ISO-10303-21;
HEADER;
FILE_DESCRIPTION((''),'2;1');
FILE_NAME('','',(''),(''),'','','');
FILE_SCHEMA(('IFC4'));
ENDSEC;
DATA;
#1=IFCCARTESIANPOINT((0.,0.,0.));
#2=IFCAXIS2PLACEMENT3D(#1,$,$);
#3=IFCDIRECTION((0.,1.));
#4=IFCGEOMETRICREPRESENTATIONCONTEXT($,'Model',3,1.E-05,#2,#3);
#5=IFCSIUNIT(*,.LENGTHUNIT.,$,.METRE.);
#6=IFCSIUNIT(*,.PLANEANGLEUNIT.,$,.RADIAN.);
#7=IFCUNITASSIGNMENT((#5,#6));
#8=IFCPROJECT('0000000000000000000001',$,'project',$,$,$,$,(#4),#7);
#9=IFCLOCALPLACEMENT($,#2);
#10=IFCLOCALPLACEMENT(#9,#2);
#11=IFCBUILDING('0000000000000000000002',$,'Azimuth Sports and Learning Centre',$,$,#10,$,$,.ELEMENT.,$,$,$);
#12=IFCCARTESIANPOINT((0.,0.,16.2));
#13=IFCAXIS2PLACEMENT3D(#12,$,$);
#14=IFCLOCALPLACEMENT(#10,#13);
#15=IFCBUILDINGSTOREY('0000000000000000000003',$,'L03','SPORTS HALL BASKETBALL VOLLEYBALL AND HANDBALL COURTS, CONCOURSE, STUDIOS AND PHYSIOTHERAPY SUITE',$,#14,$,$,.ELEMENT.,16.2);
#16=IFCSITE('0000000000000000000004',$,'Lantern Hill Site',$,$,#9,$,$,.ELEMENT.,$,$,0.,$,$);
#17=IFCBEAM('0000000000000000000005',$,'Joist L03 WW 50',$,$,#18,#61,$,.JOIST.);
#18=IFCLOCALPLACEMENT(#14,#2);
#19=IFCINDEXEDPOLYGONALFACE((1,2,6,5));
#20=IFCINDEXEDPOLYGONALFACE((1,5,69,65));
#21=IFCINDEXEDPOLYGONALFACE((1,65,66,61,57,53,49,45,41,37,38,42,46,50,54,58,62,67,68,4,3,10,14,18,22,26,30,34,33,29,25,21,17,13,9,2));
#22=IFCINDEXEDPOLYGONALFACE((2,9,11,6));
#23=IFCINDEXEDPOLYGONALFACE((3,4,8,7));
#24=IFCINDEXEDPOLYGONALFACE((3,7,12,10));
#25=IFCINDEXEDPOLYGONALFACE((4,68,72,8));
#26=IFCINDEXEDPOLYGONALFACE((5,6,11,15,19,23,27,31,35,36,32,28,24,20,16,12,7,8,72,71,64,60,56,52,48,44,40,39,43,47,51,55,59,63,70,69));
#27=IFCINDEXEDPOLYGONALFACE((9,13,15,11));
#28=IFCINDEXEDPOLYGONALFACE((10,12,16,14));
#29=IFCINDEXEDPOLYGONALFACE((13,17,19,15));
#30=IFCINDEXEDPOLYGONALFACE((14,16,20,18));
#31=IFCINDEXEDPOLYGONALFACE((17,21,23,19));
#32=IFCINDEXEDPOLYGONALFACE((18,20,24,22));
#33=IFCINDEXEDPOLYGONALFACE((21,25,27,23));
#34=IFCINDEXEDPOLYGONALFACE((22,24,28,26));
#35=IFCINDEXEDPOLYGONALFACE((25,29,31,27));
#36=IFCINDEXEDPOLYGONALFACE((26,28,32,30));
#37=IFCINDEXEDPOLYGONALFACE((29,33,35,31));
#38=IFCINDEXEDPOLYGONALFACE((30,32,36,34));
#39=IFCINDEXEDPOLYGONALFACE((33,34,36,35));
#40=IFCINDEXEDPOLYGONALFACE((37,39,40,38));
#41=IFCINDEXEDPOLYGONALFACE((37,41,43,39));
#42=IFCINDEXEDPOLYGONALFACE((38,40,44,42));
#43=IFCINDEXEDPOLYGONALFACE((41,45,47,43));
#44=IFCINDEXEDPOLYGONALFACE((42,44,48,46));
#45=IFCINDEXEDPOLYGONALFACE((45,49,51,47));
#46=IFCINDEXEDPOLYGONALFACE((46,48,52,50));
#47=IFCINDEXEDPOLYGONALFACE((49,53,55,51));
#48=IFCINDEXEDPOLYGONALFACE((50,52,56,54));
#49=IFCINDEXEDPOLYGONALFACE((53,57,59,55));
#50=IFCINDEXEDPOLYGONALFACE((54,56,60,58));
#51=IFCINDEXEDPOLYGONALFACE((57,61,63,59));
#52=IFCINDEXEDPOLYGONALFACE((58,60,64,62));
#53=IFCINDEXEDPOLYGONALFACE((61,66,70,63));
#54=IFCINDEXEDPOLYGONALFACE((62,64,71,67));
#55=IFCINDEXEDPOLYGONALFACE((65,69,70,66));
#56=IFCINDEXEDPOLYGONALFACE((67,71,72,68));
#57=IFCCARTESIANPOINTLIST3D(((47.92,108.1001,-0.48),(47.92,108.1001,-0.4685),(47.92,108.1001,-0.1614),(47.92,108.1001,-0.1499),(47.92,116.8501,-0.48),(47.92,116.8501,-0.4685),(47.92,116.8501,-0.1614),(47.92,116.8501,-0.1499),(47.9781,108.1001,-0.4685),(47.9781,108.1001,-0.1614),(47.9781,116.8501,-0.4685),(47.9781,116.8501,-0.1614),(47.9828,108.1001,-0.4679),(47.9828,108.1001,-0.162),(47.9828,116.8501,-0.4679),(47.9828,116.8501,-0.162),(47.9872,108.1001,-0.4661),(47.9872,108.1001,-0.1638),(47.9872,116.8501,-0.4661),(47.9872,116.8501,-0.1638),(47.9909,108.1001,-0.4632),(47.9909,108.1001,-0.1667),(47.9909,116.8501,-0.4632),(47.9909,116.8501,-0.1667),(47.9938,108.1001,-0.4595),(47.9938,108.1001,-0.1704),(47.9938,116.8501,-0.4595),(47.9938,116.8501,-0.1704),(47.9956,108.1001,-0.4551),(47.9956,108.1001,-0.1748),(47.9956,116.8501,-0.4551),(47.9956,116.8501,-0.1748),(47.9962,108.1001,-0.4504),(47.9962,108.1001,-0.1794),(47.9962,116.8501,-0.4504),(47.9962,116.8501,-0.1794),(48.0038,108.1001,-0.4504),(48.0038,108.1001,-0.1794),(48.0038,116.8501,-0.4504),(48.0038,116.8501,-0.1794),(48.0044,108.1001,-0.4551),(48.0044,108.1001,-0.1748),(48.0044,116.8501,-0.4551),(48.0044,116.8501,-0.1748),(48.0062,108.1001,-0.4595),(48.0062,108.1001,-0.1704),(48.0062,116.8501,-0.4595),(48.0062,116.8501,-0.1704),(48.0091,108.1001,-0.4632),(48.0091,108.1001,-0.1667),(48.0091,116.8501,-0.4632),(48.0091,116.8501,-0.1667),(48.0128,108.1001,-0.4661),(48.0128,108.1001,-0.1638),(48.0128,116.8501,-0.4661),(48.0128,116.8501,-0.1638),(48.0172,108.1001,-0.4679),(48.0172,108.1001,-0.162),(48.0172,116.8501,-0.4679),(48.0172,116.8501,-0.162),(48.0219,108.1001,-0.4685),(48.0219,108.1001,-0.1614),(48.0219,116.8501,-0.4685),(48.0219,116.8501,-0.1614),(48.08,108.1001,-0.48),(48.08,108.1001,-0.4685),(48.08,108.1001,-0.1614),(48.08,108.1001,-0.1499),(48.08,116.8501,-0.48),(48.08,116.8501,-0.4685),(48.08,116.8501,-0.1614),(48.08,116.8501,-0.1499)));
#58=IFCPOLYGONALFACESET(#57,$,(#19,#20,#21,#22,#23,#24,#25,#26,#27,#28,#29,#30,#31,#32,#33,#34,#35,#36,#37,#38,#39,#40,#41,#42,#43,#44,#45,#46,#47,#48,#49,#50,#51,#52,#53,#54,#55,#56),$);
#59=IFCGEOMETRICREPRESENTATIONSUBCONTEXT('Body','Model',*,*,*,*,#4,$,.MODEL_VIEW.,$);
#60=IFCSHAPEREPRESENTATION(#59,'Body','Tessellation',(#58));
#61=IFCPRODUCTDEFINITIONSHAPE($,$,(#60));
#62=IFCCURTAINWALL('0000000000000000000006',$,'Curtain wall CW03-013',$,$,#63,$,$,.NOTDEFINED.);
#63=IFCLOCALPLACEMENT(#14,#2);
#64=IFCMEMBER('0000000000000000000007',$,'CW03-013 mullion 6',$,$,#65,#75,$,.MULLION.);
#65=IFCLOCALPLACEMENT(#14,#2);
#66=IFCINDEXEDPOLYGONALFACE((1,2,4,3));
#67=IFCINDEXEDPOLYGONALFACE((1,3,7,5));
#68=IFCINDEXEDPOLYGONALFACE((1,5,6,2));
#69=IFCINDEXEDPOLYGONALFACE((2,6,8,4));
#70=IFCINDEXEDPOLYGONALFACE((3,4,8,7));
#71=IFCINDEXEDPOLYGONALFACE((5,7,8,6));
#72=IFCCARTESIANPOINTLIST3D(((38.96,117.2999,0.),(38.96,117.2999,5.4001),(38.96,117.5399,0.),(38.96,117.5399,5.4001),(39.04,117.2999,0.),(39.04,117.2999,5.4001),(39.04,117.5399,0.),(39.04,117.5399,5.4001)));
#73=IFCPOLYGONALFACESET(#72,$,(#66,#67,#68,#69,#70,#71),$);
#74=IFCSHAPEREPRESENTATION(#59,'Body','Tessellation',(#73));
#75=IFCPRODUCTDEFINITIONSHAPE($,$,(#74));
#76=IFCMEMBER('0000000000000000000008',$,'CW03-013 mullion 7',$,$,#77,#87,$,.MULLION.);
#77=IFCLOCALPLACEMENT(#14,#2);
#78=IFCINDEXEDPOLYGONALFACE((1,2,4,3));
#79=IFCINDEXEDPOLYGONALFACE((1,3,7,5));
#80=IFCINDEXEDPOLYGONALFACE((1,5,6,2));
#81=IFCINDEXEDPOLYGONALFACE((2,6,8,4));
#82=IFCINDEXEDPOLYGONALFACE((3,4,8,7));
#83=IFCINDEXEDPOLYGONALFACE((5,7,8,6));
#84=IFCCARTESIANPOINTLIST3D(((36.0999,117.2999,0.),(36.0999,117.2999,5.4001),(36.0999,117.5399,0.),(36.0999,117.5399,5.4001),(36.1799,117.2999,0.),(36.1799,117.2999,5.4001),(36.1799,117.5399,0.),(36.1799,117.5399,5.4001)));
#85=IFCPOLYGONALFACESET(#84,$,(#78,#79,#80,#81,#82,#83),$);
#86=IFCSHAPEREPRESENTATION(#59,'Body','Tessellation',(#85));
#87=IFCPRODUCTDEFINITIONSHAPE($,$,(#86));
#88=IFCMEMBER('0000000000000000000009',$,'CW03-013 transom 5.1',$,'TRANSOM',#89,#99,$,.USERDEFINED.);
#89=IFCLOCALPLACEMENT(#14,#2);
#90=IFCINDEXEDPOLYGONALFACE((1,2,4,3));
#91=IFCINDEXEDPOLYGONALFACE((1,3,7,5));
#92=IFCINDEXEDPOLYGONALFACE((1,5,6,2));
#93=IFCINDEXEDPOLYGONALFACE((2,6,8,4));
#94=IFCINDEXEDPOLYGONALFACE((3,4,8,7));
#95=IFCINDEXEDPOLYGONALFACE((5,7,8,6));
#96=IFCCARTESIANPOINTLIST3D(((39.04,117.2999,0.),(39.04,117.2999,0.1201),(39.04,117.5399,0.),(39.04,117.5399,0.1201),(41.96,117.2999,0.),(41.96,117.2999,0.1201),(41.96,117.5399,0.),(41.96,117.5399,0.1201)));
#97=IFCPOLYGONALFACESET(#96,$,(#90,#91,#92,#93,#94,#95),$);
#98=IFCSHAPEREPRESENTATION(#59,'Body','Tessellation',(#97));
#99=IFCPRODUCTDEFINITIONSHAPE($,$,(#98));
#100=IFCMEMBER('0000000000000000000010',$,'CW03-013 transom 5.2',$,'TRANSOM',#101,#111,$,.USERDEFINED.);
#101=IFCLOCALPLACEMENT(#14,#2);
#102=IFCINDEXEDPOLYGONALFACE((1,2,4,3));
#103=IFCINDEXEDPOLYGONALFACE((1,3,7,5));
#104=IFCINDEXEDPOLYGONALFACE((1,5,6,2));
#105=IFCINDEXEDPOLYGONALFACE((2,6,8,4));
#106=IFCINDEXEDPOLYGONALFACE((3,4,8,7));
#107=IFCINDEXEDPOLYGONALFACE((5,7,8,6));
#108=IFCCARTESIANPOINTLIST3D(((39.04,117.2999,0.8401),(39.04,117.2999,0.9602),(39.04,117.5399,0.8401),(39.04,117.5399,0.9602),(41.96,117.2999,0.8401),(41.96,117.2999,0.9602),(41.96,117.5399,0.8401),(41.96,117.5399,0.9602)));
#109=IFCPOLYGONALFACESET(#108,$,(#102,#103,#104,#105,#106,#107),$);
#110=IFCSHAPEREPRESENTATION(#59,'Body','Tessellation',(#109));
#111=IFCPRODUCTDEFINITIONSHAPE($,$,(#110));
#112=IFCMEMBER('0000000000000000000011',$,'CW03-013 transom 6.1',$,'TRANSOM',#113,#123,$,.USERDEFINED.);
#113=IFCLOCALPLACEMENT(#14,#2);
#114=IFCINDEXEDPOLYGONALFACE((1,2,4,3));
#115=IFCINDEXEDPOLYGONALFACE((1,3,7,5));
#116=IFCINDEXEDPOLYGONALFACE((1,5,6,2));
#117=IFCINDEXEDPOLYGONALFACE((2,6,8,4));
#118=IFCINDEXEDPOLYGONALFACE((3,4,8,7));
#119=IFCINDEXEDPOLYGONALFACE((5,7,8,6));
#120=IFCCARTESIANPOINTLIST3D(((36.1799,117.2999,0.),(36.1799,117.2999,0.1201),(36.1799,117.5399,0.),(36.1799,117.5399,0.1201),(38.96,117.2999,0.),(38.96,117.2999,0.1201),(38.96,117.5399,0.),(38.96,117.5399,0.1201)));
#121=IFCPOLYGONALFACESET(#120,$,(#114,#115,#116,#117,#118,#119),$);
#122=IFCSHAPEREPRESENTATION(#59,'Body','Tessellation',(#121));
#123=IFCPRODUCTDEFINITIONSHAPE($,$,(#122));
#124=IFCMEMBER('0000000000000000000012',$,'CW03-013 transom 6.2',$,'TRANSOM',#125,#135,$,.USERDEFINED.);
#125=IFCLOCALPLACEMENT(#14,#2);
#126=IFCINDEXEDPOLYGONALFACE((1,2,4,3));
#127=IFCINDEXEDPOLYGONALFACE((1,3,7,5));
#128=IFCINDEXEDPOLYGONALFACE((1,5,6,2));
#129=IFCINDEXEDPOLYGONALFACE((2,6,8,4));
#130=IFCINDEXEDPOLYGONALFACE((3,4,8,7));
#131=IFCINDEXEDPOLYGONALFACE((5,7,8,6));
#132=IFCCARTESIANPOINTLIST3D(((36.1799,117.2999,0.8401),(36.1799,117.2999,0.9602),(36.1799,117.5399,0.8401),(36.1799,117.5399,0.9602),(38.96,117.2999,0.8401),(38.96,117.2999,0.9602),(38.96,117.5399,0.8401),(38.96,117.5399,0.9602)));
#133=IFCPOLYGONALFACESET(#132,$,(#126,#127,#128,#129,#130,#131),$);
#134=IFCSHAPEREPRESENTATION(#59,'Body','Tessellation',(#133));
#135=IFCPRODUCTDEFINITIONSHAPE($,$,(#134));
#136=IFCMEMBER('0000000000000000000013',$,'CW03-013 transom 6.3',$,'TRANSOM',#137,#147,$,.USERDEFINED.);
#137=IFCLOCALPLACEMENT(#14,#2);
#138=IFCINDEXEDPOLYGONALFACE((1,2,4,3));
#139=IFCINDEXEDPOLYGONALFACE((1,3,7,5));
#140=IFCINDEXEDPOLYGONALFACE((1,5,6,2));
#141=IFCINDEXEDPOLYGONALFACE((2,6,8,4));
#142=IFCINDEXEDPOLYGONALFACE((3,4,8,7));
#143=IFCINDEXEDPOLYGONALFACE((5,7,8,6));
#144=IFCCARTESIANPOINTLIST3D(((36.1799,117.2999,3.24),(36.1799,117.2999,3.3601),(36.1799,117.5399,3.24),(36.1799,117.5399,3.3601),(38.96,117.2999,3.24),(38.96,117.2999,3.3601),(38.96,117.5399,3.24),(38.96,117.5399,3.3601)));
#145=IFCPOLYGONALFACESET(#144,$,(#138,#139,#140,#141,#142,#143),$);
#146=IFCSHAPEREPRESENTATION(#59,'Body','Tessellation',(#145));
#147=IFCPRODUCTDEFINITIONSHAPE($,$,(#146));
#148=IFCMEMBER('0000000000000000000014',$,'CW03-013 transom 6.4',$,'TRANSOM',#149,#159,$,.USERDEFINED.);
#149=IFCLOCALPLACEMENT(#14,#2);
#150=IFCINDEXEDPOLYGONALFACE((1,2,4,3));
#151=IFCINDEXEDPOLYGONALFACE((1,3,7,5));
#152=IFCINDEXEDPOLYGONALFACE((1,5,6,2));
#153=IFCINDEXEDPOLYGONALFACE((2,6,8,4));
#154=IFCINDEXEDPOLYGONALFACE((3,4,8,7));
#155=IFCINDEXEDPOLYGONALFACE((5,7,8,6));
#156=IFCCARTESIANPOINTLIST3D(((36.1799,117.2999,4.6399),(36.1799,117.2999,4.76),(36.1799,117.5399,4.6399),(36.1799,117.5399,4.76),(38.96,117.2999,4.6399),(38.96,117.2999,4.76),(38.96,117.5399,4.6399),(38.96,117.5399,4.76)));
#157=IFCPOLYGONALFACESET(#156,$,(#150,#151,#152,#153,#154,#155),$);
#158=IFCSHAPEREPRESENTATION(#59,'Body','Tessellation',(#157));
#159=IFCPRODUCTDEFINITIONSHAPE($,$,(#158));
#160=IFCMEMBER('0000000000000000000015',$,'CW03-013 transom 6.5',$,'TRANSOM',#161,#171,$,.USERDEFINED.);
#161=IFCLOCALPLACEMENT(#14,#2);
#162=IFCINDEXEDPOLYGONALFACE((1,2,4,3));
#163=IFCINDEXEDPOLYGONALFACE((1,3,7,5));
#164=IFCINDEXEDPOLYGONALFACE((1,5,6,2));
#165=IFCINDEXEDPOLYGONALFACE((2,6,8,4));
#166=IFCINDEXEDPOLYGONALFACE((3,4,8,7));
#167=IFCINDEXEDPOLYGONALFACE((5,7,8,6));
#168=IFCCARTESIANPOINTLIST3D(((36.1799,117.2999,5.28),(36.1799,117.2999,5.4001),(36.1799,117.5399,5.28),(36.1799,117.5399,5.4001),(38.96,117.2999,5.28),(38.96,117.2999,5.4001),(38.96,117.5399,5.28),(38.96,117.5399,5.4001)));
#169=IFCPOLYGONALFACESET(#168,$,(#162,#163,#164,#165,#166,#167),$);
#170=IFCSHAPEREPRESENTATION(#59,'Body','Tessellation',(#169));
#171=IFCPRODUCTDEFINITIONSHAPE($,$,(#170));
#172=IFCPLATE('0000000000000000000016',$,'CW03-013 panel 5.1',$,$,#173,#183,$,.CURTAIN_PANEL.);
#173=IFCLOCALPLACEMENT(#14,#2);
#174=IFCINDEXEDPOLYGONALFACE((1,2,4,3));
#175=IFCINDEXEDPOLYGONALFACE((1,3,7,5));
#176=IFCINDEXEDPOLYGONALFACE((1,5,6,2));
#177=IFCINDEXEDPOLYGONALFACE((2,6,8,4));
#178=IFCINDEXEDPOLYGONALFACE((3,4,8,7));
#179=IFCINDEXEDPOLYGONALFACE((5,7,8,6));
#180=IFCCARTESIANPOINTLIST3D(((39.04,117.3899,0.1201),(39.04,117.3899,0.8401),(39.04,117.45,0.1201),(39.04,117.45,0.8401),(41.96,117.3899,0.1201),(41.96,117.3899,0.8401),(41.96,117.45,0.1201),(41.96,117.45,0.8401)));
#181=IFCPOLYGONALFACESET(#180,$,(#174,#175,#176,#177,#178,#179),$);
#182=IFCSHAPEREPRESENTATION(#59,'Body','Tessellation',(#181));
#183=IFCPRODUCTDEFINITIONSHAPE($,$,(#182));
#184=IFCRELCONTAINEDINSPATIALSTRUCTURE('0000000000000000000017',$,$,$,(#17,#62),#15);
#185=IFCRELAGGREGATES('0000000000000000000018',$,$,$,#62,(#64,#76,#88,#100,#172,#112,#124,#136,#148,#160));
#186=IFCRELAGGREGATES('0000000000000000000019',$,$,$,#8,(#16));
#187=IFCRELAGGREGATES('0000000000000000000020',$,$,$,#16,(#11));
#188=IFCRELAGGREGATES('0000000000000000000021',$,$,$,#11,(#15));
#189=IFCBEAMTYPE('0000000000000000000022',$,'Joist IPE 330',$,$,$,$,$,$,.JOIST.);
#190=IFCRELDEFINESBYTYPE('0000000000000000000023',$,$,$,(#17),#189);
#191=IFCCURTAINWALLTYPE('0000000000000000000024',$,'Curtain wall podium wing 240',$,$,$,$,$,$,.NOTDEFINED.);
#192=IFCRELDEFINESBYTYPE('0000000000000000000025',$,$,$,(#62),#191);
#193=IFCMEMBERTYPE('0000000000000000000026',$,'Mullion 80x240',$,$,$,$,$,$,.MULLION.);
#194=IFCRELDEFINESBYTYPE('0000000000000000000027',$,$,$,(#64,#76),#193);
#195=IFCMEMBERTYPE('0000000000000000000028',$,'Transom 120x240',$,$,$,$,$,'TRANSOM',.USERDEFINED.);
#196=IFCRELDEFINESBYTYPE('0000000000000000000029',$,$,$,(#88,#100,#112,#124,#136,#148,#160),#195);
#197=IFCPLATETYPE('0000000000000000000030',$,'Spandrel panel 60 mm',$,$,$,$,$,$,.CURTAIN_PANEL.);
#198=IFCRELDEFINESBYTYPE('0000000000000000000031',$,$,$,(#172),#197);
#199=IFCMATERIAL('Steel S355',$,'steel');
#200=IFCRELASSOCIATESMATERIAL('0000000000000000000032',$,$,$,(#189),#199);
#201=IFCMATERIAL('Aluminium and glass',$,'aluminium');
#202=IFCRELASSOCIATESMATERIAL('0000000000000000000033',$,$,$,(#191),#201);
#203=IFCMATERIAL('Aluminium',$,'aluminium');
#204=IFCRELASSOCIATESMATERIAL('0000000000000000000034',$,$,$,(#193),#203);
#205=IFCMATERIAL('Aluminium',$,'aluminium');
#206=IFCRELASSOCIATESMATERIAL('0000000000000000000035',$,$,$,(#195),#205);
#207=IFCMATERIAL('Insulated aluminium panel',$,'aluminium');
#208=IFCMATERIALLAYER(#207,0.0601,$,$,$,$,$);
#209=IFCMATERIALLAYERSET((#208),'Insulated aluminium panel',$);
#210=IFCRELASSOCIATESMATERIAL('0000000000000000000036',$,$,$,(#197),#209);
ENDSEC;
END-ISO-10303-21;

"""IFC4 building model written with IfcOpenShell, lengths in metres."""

from ifc_helpers import new_model, si_unit, direction, frame, origin, origin_2d, place, context, subcontext, project, spatial, rectangle, i_section, extrude, material, layer, layer_set, material_profile, profile_set, type_object, element, aggregate, save


model = new_model("IFC4")

# Units and contexts
model_context = context("Model", 3, precision=1e-05, world=origin(), true_north=direction((0.0, 1.0)))
body_context = subcontext(model_context, "Body", "Model", "MODEL_VIEW")
ifc_project = project(units=[si_unit("LENGTHUNIT", "METRE"), si_unit("PLANEANGLEUNIT", "RADIAN")], contexts=[model_context])

# Site, building, storey
site_placement = place(None, origin())
site = spatial("IfcSite", under=ifc_project, at=site_placement, Name="Lantern Hill Site", CompositionType="ELEMENT", RefElevation=0.0)
building_placement = place(site_placement, origin())
building = spatial("IfcBuilding", under=site, at=building_placement, Name="Azimuth Sports and Learning Centre", CompositionType="ELEMENT")
storey_placement = place(building_placement, frame((0.0, 0.0, 16.2)))
storey = spatial("IfcBuildingStorey", under=building, at=storey_placement, Name="L03", Description="SPORTS HALL BASKETBALL VOLLEYBALL AND HANDBALL COURTS, CONCOURSE, STUDIOS AND PHYSIOTHERAPY SUITE", CompositionType="ELEMENT", Elevation=16.2)

# Beam
ifc_material_1 = material(Name="Steel S355", Category="steel")
ifc_material_profile_1 = material_profile(ifc_material_1, i_section(OverallWidth=0.1599, OverallDepth=0.3301, WebThickness=0.0076, FlangeThickness=0.0115, FilletRadius=0.0181, at=origin_2d()), Name="IPE 330")
ifc_profile_set_1 = profile_set([ifc_material_profile_1], Name="Steel S355")
beam_type_1 = type_object("IfcBeamType", Name="Joist IPE 330", PredefinedType="JOIST", material=ifc_profile_set_1)
for number, where, z_axis, x_axis, name in (
    (1, (48.0, 108.1001, -0.3149), (0.0, 1.0, 0.0), (-1.0, 0.0, 0.0), "Joist L03 WW 50"),
):
    element("IfcBeam", number, at=place(storey_placement, frame(where, z_axis=z_axis, x_axis=x_axis)), inside=storey, type_object=beam_type_1, Name=name, PredefinedType="JOIST", context=body_context, shape_type="SweptSolid", body=[
        extrude(i_section(OverallWidth=0.1599, OverallDepth=0.3301, WebThickness=0.0076, FlangeThickness=0.0115, FilletRadius=0.0181, at=origin_2d()), origin(), (0.0, 0.0, 1.0), 8.75),
    ])

# Curtain wall, members, plate
ifc_material_2 = material(Name="Aluminium and glass", Category="aluminium")
curtain_wall_type = type_object("IfcCurtainWallType", Name="Curtain wall podium wing 240", PredefinedType="NOTDEFINED", material=ifc_material_2)
curtain_wall_placement = place(storey_placement, origin())
curtain_wall = element("IfcCurtainWall", 2, at=curtain_wall_placement, inside=storey, type_object=curtain_wall_type, Name="Curtain wall CW03-013", PredefinedType="NOTDEFINED")
ifc_material_3 = material(Name="Aluminium", Category="aluminium")
ifc_material_profile_2 = material_profile(ifc_material_3, rectangle(XDim=0.24, YDim=0.0801, at=origin_2d()), Name="Mullion 80x240")
ifc_profile_set_2 = profile_set([ifc_material_profile_2], Name="Aluminium")
member_type_1 = type_object("IfcMemberType", Name="Mullion 80x240", PredefinedType="MULLION", material=ifc_profile_set_2)
member_1_placement = place(storey_placement, frame((39.0, 117.4199, 0.0), z_axis=(0.0, 0.0, 1.0), x_axis=(0.0, -1.0, 0.0)))
member_1 = element("IfcMember", 3, at=member_1_placement, type_object=member_type_1, Name="CW03-013 mullion 6", PredefinedType="MULLION", context=body_context, shape_type="SweptSolid", body=[
    extrude(rectangle(XDim=0.24, YDim=0.0801, at=origin_2d()), origin(), (0.0, 0.0, 1.0), 5.4001),
])
member_2_placement = place(storey_placement, frame((36.1399, 117.4199, 0.0), z_axis=(0.0, 0.0, 1.0), x_axis=(0.0, -1.0, 0.0)))
member_2 = element("IfcMember", 4, at=member_2_placement, type_object=member_type_1, Name="CW03-013 mullion 7", PredefinedType="MULLION", context=body_context, shape_type="SweptSolid", body=[
    extrude(rectangle(XDim=0.24, YDim=0.0801, at=origin_2d()), origin(), (0.0, 0.0, 1.0), 5.4001),
])
ifc_material_4 = material(Name="Aluminium", Category="aluminium")
ifc_material_profile_3 = material_profile(ifc_material_4, rectangle(XDim=0.24, YDim=0.1201, at=origin_2d()), Name="Transom 120x240")
ifc_profile_set_3 = profile_set([ifc_material_profile_3], Name="Aluminium")
member_type_2 = type_object("IfcMemberType", Name="Transom 120x240", ElementType="TRANSOM", PredefinedType="USERDEFINED", material=ifc_profile_set_3)
member_3_placement = place(storey_placement, frame((41.96, 117.4199, 0.0601), z_axis=(-1.0, 0.0, 0.0), x_axis=(0.0, -1.0, 0.0)))
member_3 = element("IfcMember", 5, at=member_3_placement, type_object=member_type_2, Name="CW03-013 transom 5.1", ObjectType="TRANSOM", PredefinedType="USERDEFINED", context=body_context, shape_type="SweptSolid", body=[
    extrude(rectangle(XDim=0.24, YDim=0.1201, at=origin_2d()), origin(), (0.0, 0.0, 1.0), 2.9199),
])
member_4_placement = place(storey_placement, frame((41.96, 117.4199, 0.9001), z_axis=(-1.0, 0.0, 0.0), x_axis=(0.0, -1.0, 0.0)))
member_4 = element("IfcMember", 6, at=member_4_placement, type_object=member_type_2, Name="CW03-013 transom 5.2", ObjectType="TRANSOM", PredefinedType="USERDEFINED", context=body_context, shape_type="SweptSolid", body=[
    extrude(rectangle(XDim=0.24, YDim=0.1201, at=origin_2d()), origin(), (0.0, 0.0, 1.0), 2.9199),
])
member_5_placement = place(storey_placement, frame((38.96, 117.4199, 0.0601), z_axis=(-1.0, 0.0, 0.0), x_axis=(0.0, -1.0, 0.0)))
member_5 = element("IfcMember", 7, at=member_5_placement, type_object=member_type_2, Name="CW03-013 transom 6.1", ObjectType="TRANSOM", PredefinedType="USERDEFINED", context=body_context, shape_type="SweptSolid", body=[
    extrude(rectangle(XDim=0.24, YDim=0.1201, at=origin_2d()), origin(), (0.0, 0.0, 1.0), 2.78),
])
member_6_placement = place(storey_placement, frame((38.96, 117.4199, 0.9001), z_axis=(-1.0, 0.0, 0.0), x_axis=(0.0, -1.0, 0.0)))
member_6 = element("IfcMember", 8, at=member_6_placement, type_object=member_type_2, Name="CW03-013 transom 6.2", ObjectType="TRANSOM", PredefinedType="USERDEFINED", context=body_context, shape_type="SweptSolid", body=[
    extrude(rectangle(XDim=0.24, YDim=0.1201, at=origin_2d()), origin(), (0.0, 0.0, 1.0), 2.78),
])
member_7_placement = place(storey_placement, frame((38.96, 117.4199, 3.3), z_axis=(-1.0, 0.0, 0.0), x_axis=(0.0, -1.0, 0.0)))
member_7 = element("IfcMember", 9, at=member_7_placement, type_object=member_type_2, Name="CW03-013 transom 6.3", ObjectType="TRANSOM", PredefinedType="USERDEFINED", context=body_context, shape_type="SweptSolid", body=[
    extrude(rectangle(XDim=0.24, YDim=0.1201, at=origin_2d()), origin(), (0.0, 0.0, 1.0), 2.78),
])
member_8_placement = place(storey_placement, frame((38.96, 117.4199, 4.7), z_axis=(-1.0, 0.0, 0.0), x_axis=(0.0, -1.0, 0.0)))
member_8 = element("IfcMember", 10, at=member_8_placement, type_object=member_type_2, Name="CW03-013 transom 6.4", ObjectType="TRANSOM", PredefinedType="USERDEFINED", context=body_context, shape_type="SweptSolid", body=[
    extrude(rectangle(XDim=0.24, YDim=0.1201, at=origin_2d()), origin(), (0.0, 0.0, 1.0), 2.78),
])
member_9_placement = place(storey_placement, frame((38.96, 117.4199, 5.3401), z_axis=(-1.0, 0.0, 0.0), x_axis=(0.0, -1.0, 0.0)))
member_9 = element("IfcMember", 11, at=member_9_placement, type_object=member_type_2, Name="CW03-013 transom 6.5", ObjectType="TRANSOM", PredefinedType="USERDEFINED", context=body_context, shape_type="SweptSolid", body=[
    extrude(rectangle(XDim=0.24, YDim=0.1201, at=origin_2d()), origin(), (0.0, 0.0, 1.0), 2.78),
])
ifc_material_5 = material(Name="Insulated aluminium panel", Category="aluminium")
ifc_layer_1 = layer(ifc_material_5, 0.0601)
ifc_layer_set_1 = layer_set([ifc_layer_1], Name="Insulated aluminium panel")
plate_type_1 = type_object("IfcPlateType", Name="Spandrel panel 60 mm", PredefinedType="CURTAIN_PANEL", material=ifc_layer_set_1)
plate_1_placement = place(storey_placement, frame((40.5, 117.4199, 0.1201), z_axis=(0.0, 0.0, 1.0), x_axis=(-1.0, 0.0, 0.0)))
plate_1 = element("IfcPlate", 12, at=plate_1_placement, type_object=plate_type_1, Name="CW03-013 panel 5.1", PredefinedType="CURTAIN_PANEL", context=body_context, shape_type="SweptSolid", body=[
    extrude(rectangle(XDim=2.9199, YDim=0.0601, at=origin_2d()), origin(), (0.0, 0.0, 1.0), 0.72),
])
aggregate(curtain_wall, [member_1, member_2, member_3, member_4, plate_1, member_5, member_6, member_7, member_8, member_9])

save(model, "model.ifc")
